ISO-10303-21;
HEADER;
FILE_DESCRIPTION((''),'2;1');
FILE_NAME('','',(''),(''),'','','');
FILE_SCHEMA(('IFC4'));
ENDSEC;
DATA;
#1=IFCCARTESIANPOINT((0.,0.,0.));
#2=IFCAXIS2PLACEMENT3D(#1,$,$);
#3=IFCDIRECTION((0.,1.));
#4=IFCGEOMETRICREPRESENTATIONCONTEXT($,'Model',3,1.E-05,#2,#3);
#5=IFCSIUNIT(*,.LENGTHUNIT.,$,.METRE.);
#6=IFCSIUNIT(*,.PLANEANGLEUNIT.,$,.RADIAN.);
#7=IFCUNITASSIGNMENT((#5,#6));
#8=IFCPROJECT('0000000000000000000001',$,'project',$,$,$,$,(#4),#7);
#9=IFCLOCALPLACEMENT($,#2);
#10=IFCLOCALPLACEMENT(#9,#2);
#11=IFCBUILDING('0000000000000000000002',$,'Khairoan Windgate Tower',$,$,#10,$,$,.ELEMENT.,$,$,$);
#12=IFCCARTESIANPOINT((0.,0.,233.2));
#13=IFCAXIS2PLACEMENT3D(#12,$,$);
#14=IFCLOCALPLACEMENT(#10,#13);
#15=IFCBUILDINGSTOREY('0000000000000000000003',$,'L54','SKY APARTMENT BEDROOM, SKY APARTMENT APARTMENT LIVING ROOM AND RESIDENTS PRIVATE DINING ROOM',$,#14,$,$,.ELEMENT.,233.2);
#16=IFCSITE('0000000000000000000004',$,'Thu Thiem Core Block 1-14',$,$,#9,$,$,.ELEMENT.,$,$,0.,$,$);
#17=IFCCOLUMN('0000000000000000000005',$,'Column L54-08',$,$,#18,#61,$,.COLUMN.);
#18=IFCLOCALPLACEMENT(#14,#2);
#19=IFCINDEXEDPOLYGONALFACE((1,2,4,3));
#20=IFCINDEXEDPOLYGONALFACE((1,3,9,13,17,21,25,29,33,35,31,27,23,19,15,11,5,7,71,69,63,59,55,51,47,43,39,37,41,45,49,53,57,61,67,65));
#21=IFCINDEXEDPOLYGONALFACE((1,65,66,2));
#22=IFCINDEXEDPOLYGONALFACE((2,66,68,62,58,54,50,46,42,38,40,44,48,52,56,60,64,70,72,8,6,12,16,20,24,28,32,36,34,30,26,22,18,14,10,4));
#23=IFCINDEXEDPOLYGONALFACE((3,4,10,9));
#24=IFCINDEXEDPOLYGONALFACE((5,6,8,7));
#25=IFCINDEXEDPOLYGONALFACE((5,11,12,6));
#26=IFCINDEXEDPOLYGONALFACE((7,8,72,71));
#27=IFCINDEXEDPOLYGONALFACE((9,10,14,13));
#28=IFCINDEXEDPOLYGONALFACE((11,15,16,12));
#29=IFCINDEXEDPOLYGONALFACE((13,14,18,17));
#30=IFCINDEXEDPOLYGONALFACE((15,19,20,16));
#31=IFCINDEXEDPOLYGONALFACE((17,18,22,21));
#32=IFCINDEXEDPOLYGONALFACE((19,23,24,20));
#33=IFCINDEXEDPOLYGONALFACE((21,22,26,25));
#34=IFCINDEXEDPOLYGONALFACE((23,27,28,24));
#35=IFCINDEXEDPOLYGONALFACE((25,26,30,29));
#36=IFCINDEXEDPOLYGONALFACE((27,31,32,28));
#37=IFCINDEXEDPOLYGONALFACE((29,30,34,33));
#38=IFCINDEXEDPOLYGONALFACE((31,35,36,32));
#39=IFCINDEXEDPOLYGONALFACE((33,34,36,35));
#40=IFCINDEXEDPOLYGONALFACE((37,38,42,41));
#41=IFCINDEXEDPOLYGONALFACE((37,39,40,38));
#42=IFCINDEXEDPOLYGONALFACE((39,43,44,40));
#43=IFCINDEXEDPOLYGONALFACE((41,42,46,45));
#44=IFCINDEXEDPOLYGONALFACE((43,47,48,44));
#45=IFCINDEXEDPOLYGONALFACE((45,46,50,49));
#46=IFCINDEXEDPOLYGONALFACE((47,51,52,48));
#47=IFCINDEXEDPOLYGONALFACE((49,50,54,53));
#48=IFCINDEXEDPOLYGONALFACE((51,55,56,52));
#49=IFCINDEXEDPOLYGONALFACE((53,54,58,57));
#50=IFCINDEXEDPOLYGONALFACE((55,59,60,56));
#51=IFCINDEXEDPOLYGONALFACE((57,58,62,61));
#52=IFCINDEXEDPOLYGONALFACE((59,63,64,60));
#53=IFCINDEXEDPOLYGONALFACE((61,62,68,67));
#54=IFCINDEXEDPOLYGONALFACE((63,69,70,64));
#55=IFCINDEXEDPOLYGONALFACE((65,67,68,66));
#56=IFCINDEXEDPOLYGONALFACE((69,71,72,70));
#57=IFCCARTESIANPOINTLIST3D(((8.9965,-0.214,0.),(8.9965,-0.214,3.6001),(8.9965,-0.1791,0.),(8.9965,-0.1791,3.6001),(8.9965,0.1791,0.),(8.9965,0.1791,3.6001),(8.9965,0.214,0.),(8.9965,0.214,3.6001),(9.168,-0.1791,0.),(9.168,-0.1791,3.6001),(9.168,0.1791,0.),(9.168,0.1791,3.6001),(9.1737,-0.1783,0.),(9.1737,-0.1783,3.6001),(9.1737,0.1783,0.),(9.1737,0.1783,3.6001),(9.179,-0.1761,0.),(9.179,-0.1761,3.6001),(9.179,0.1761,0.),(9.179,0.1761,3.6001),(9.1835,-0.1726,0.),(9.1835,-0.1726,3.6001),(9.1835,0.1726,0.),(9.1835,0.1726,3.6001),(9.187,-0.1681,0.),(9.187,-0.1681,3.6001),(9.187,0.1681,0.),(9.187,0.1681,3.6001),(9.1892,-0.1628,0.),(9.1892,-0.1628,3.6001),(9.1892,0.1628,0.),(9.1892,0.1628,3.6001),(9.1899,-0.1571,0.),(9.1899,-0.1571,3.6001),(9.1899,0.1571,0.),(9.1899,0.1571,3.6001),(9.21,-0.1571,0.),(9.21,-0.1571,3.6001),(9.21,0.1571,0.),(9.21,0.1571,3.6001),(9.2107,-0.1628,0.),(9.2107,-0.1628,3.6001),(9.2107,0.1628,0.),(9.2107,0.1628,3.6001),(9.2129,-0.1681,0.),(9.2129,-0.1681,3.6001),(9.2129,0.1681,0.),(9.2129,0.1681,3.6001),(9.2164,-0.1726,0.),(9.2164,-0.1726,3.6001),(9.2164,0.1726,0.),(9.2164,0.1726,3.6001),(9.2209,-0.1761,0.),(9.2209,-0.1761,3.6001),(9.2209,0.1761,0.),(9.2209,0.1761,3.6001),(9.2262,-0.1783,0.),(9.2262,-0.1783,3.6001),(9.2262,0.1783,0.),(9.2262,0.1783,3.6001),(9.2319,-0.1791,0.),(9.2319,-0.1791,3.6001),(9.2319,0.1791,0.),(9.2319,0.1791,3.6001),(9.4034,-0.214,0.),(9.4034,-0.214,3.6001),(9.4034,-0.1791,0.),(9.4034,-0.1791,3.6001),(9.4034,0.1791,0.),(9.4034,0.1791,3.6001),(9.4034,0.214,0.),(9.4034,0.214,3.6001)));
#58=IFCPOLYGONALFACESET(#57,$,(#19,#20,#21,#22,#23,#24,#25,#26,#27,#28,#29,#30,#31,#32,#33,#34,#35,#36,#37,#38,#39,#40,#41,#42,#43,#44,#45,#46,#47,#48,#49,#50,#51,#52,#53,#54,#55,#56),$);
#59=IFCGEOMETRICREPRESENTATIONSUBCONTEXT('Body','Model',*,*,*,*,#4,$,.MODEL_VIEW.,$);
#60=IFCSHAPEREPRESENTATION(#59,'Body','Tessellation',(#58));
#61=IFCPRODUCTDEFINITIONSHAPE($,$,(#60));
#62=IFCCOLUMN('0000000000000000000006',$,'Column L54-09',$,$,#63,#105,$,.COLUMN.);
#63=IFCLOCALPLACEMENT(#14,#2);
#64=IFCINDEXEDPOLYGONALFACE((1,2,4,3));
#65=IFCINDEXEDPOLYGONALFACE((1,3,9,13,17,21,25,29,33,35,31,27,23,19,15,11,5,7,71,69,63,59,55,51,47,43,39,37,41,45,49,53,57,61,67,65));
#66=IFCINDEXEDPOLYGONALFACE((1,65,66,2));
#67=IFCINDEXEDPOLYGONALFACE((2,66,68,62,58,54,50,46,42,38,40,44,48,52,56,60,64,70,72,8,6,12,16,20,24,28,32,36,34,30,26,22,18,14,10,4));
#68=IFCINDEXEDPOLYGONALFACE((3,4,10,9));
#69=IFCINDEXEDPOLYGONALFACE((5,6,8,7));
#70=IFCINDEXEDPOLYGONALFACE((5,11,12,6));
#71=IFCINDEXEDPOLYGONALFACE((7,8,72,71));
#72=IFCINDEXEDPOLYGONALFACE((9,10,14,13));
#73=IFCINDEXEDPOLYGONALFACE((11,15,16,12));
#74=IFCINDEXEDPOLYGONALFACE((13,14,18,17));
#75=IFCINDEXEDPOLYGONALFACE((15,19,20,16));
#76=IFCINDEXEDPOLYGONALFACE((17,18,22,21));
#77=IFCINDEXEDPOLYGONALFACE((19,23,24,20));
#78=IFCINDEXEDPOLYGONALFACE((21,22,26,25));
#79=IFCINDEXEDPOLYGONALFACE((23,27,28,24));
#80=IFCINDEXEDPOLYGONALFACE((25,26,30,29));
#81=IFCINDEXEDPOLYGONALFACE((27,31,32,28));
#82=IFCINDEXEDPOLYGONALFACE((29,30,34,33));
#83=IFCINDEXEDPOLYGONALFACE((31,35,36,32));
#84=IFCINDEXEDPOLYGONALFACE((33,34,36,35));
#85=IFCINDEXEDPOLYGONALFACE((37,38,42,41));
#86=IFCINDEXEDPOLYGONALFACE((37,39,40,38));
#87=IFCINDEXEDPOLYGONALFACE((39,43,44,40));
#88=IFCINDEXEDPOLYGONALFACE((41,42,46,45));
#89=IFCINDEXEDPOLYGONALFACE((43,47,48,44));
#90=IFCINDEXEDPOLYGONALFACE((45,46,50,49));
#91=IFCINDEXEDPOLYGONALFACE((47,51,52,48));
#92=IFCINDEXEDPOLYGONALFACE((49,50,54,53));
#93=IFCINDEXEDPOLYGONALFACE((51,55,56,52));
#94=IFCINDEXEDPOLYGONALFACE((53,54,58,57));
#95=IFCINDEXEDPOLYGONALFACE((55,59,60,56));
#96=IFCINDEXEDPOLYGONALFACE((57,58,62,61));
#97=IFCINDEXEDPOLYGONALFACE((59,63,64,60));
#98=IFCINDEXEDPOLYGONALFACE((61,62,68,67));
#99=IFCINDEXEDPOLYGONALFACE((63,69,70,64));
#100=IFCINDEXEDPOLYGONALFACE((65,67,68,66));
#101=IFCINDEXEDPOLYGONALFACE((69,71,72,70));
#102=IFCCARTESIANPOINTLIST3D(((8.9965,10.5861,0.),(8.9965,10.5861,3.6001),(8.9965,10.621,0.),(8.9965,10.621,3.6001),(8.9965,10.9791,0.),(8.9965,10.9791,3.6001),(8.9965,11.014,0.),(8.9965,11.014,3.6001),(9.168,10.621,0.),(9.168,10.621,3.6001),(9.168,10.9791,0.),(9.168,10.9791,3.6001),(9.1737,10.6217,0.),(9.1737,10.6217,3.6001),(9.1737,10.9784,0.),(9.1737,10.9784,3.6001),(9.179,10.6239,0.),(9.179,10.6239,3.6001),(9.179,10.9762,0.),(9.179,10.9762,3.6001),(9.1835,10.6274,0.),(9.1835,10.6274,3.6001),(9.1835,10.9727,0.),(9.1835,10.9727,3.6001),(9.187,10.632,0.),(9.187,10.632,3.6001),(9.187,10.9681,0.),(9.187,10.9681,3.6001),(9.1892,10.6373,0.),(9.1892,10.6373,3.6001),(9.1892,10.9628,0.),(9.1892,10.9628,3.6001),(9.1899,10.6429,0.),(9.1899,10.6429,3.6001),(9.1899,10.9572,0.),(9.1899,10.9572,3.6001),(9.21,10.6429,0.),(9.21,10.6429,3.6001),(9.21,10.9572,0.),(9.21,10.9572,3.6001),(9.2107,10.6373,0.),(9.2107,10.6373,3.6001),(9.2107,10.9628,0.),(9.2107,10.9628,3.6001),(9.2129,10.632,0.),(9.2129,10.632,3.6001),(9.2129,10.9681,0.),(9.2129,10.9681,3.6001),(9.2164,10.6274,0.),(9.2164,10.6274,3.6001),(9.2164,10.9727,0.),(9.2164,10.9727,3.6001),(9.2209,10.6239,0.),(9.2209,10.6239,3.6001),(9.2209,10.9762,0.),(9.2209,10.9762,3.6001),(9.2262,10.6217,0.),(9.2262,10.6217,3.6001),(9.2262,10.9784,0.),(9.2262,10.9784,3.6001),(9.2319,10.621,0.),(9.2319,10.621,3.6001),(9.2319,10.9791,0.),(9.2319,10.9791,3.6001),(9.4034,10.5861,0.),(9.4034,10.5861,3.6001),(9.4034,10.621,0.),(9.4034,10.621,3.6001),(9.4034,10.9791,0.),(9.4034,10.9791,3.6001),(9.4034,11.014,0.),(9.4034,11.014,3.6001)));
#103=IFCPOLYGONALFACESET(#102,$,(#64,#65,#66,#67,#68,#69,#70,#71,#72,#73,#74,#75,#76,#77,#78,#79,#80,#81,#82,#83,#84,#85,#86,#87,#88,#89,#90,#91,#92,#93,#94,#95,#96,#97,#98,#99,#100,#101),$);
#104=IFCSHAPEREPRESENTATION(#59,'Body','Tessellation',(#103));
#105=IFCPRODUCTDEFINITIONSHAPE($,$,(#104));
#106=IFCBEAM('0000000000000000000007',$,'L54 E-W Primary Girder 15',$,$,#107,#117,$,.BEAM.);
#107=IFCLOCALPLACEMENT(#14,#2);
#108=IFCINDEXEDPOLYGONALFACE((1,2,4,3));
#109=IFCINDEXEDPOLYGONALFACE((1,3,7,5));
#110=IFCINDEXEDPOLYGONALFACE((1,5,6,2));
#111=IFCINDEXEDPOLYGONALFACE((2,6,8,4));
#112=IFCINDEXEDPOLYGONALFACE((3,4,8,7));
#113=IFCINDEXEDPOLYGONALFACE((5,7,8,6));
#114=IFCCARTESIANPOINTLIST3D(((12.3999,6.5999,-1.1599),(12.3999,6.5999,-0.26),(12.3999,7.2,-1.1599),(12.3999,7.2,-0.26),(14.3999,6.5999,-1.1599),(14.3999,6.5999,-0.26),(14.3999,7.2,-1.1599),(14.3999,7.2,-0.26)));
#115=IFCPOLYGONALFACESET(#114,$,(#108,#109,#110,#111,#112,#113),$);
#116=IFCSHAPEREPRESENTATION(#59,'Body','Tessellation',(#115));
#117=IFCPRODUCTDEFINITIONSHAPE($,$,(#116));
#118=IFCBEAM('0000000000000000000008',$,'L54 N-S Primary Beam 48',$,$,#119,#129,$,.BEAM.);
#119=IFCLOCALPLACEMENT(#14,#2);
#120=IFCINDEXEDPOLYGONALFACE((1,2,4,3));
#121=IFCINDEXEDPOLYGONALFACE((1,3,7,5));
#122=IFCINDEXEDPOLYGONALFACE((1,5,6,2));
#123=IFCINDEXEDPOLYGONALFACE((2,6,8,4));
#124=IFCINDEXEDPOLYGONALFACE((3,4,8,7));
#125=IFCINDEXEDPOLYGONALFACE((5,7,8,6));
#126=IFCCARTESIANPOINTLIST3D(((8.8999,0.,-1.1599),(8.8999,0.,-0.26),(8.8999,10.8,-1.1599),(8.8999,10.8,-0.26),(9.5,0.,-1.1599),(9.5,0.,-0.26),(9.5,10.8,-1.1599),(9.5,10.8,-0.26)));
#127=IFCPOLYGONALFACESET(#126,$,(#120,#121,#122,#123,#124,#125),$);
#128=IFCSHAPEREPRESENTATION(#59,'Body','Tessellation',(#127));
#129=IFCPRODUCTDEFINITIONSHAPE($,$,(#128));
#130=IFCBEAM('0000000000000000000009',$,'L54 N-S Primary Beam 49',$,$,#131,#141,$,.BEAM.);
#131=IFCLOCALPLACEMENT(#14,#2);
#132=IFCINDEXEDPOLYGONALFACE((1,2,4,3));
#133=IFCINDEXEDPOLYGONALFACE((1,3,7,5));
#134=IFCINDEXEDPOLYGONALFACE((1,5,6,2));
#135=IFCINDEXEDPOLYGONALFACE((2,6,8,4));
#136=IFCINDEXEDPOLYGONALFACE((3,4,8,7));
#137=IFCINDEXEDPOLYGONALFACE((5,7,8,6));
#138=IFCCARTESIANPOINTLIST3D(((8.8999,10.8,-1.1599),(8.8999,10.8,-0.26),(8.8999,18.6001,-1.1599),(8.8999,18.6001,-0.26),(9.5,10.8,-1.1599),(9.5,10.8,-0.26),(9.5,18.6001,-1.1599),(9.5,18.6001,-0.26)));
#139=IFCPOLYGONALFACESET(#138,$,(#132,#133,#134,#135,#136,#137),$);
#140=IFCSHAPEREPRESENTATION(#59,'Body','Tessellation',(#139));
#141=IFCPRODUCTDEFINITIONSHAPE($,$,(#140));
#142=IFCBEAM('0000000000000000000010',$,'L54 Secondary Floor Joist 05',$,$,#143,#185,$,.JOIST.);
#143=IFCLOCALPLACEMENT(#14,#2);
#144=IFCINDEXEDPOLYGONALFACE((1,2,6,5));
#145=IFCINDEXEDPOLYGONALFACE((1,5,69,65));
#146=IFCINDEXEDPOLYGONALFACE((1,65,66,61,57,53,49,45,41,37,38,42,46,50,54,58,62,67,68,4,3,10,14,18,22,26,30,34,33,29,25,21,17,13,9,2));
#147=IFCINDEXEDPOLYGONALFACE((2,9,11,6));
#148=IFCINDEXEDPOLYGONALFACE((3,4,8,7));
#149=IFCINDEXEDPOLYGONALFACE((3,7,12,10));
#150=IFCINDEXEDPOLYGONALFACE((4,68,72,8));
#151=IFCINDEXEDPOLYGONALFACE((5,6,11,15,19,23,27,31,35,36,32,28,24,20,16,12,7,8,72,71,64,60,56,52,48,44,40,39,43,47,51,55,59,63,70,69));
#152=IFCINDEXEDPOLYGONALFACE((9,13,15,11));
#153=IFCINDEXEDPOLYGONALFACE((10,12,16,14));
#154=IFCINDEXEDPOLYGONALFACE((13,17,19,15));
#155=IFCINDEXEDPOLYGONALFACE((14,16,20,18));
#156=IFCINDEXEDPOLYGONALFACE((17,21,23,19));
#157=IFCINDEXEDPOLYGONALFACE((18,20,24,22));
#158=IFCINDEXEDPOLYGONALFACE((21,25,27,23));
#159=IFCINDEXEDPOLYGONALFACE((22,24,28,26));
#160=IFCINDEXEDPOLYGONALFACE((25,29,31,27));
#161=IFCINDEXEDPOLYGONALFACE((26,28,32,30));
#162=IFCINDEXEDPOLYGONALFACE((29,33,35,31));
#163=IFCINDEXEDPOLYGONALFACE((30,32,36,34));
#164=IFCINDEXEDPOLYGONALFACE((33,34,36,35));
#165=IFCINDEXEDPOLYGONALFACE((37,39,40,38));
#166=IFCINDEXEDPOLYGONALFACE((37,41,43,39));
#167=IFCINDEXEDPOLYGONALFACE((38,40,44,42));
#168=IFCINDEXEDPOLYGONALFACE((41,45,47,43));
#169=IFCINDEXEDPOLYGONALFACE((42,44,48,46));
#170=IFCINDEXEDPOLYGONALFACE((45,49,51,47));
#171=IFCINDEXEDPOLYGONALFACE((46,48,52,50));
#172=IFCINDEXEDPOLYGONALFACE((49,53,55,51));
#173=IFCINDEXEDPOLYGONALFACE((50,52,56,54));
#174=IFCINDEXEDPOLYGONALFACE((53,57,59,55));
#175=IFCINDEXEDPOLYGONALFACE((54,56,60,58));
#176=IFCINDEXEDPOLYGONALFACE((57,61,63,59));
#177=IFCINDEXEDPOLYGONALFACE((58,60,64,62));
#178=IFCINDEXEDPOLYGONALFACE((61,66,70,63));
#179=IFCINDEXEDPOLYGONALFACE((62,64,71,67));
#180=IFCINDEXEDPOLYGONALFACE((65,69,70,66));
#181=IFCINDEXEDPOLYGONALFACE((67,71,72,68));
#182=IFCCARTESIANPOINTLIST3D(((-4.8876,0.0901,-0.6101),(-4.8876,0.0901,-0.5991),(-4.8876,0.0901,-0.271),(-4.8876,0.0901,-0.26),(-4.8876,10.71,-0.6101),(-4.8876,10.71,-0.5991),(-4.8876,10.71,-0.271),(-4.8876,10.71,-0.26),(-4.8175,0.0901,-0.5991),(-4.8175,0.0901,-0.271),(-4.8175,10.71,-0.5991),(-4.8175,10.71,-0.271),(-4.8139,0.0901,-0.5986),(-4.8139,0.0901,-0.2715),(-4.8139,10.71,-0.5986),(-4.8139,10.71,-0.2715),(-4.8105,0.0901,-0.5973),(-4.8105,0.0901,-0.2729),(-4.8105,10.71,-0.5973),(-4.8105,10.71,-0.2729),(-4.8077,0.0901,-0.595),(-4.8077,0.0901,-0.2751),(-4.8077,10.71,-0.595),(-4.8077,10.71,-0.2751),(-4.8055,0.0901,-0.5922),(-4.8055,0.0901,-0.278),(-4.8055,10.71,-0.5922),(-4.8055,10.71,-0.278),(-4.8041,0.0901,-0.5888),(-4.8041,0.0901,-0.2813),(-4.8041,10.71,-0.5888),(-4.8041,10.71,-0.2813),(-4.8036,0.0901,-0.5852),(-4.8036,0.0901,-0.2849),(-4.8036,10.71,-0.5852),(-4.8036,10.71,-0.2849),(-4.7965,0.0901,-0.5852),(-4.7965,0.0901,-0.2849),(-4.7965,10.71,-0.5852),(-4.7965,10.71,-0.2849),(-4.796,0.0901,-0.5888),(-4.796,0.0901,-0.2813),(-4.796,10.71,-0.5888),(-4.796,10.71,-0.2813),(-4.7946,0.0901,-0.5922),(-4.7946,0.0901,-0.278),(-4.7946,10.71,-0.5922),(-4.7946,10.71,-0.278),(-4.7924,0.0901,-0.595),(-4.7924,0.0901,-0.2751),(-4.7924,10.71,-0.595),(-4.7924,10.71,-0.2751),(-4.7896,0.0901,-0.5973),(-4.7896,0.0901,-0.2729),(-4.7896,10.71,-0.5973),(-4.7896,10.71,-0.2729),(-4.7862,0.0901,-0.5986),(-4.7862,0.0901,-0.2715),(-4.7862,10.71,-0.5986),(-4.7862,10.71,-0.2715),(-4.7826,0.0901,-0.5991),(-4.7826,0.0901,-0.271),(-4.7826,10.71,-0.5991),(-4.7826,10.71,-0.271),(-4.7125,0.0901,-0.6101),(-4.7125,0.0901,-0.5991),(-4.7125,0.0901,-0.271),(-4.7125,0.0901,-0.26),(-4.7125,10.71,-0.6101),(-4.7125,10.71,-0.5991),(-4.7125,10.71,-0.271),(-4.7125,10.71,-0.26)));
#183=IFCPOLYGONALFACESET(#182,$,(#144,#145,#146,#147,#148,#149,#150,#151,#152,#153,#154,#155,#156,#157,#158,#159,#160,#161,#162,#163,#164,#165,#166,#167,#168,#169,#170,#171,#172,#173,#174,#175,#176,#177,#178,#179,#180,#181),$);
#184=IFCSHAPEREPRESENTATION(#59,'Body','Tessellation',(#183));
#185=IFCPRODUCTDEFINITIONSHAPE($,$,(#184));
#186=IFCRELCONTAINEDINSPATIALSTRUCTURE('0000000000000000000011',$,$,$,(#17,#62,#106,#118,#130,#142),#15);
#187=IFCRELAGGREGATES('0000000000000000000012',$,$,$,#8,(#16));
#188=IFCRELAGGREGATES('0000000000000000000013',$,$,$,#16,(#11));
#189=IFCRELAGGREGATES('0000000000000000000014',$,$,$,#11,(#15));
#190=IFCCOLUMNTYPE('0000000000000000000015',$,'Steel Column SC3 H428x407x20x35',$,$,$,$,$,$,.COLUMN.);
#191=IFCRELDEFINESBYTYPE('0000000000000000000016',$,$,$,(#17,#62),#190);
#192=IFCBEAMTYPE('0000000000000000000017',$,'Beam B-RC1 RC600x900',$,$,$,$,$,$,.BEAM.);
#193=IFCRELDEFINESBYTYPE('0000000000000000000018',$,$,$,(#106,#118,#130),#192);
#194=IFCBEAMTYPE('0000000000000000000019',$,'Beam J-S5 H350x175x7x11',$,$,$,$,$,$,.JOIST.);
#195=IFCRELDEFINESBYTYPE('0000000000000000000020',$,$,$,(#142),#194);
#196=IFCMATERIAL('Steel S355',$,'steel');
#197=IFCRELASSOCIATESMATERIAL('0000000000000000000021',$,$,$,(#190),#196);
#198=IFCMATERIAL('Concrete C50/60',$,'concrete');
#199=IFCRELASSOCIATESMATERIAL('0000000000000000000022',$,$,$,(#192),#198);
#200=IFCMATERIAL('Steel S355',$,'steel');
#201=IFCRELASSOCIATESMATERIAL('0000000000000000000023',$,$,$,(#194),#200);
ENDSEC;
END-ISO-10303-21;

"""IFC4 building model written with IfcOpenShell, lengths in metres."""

from ifc_helpers import new_model, si_unit, direction, frame, origin, origin_2d, place, context, subcontext, project, spatial, rectangle, i_section, extrude, material, material_profile, profile_set, type_object, element, save


model = new_model("IFC4")

# Units and contexts
model_context = context("Model", 3, precision=1e-05, world=origin(), true_north=direction((0.0, 1.0)))
body_context = subcontext(model_context, "Body", "Model", "MODEL_VIEW")
ifc_project = project(units=[si_unit("LENGTHUNIT", "METRE"), si_unit("PLANEANGLEUNIT", "RADIAN")], contexts=[model_context])

# Site, building, storey
site_placement = place(None, origin())
site = spatial("IfcSite", under=ifc_project, at=site_placement, Name="Thu Thiem Core Block 1-14", CompositionType="ELEMENT", RefElevation=0.0)
building_placement = place(site_placement, origin())
building = spatial("IfcBuilding", under=site, at=building_placement, Name="Khairoan Windgate Tower", CompositionType="ELEMENT")
storey_placement = place(building_placement, frame((0.0, 0.0, 233.2)))
storey = spatial("IfcBuildingStorey", under=building, at=storey_placement, Name="L54", Description="SKY APARTMENT BEDROOM, SKY APARTMENT APARTMENT LIVING ROOM AND RESIDENTS PRIVATE DINING ROOM", CompositionType="ELEMENT", Elevation=233.2)

# Columns
ifc_material_1 = material(Name="Steel S355", Category="steel")
ifc_material_profile_1 = material_profile(ifc_material_1, i_section(OverallWidth=0.407, OverallDepth=0.428, WebThickness=0.02, FlangeThickness=0.0349, FilletRadius=0.022, at=origin_2d()))
ifc_profile_set_1 = profile_set([ifc_material_profile_1], Name="Steel S355")
column_type = type_object("IfcColumnType", Name="Steel Column SC3 H428x407x20x35", PredefinedType="COLUMN", material=ifc_profile_set_1)
for number, where, z_axis, x_axis, name in (
    (1, (9.2, 0.0, 0.0), (0.0, 0.0, 1.0), (1.0, 0.0, 0.0), "Column L54-08"),
    (2, (9.2, 10.8, 0.0), (0.0, 0.0, 1.0), (1.0, 0.0, 0.0), "Column L54-09"),
):
    element("IfcColumn", number, at=place(storey_placement, frame(where, z_axis=z_axis, x_axis=x_axis)), inside=storey, type_object=column_type, Name=name, PredefinedType="COLUMN", context=body_context, shape_type="SweptSolid", body=[
        extrude(i_section(OverallWidth=0.407, OverallDepth=0.428, WebThickness=0.02, FlangeThickness=0.0349, FilletRadius=0.022, at=origin_2d()), origin(), (0.0, 0.0, 1.0), 3.6001),
    ])

# Beams
ifc_material_2 = material(Name="Concrete C50/60", Category="concrete")
ifc_material_profile_2 = material_profile(ifc_material_2, rectangle(XDim=0.6001, YDim=0.8999, at=origin_2d()))
ifc_profile_set_2 = profile_set([ifc_material_profile_2], Name="Concrete C50/60")
beam_type_1 = type_object("IfcBeamType", Name="Beam B-RC1 RC600x900", PredefinedType="BEAM", material=ifc_profile_set_2)
beam_1_placement = place(storey_placement, frame((12.3999, 6.8999, -0.71), z_axis=(1.0, 0.0, 0.0), x_axis=(0.0, 1.0, 0.0)))
element("IfcBeam", 3, at=beam_1_placement, inside=storey, type_object=beam_type_1, Name="L54 E-W Primary Girder 15", PredefinedType="BEAM", context=body_context, shape_type="SweptSolid", body=[
    extrude(rectangle(XDim=0.6001, YDim=0.8999, at=origin_2d()), origin(), (0.0, 0.0, 1.0), 2.0),
])
beam_2_placement = place(storey_placement, frame((9.2, 0.0, -0.71), z_axis=(0.0, 1.0, 0.0), x_axis=(-1.0, 0.0, 0.0)))
element("IfcBeam", 4, at=beam_2_placement, inside=storey, type_object=beam_type_1, Name="L54 N-S Primary Beam 48", PredefinedType="BEAM", context=body_context, shape_type="SweptSolid", body=[
    extrude(rectangle(XDim=0.6001, YDim=0.8999, at=origin_2d()), origin(), (0.0, 0.0, 1.0), 10.8),
])
beam_3_placement = place(storey_placement, frame((9.2, 10.8, -0.71), z_axis=(0.0, 1.0, 0.0), x_axis=(-1.0, 0.0, 0.0)))
element("IfcBeam", 5, at=beam_3_placement, inside=storey, type_object=beam_type_1, Name="L54 N-S Primary Beam 49", PredefinedType="BEAM", context=body_context, shape_type="SweptSolid", body=[
    extrude(rectangle(XDim=0.6001, YDim=0.8999, at=origin_2d()), origin(), (0.0, 0.0, 1.0), 7.8),
])
ifc_material_3 = material(Name="Steel S355", Category="steel")
ifc_material_profile_3 = material_profile(ifc_material_3, i_section(OverallWidth=0.175, OverallDepth=0.3501, WebThickness=0.0071, FlangeThickness=0.011, FilletRadius=0.0139, at=origin_2d()))
ifc_profile_set_3 = profile_set([ifc_material_profile_3], Name="Steel S355")
beam_type_2 = type_object("IfcBeamType", Name="Beam J-S5 H350x175x7x11", PredefinedType="JOIST", material=ifc_profile_set_3)
beam_4_placement = place(storey_placement, frame((-4.8, 0.0901, -0.4351), z_axis=(0.0, 1.0, 0.0), x_axis=(-1.0, 0.0, 0.0)))
element("IfcBeam", 6, at=beam_4_placement, inside=storey, type_object=beam_type_2, Name="L54 Secondary Floor Joist 05", PredefinedType="JOIST", context=body_context, shape_type="SweptSolid", body=[
    extrude(i_section(OverallWidth=0.175, OverallDepth=0.3501, WebThickness=0.0071, FlangeThickness=0.011, FilletRadius=0.0139, at=origin_2d()), origin(), (0.0, 0.0, 1.0), 10.6199),
])

save(model, "model.ifc")
